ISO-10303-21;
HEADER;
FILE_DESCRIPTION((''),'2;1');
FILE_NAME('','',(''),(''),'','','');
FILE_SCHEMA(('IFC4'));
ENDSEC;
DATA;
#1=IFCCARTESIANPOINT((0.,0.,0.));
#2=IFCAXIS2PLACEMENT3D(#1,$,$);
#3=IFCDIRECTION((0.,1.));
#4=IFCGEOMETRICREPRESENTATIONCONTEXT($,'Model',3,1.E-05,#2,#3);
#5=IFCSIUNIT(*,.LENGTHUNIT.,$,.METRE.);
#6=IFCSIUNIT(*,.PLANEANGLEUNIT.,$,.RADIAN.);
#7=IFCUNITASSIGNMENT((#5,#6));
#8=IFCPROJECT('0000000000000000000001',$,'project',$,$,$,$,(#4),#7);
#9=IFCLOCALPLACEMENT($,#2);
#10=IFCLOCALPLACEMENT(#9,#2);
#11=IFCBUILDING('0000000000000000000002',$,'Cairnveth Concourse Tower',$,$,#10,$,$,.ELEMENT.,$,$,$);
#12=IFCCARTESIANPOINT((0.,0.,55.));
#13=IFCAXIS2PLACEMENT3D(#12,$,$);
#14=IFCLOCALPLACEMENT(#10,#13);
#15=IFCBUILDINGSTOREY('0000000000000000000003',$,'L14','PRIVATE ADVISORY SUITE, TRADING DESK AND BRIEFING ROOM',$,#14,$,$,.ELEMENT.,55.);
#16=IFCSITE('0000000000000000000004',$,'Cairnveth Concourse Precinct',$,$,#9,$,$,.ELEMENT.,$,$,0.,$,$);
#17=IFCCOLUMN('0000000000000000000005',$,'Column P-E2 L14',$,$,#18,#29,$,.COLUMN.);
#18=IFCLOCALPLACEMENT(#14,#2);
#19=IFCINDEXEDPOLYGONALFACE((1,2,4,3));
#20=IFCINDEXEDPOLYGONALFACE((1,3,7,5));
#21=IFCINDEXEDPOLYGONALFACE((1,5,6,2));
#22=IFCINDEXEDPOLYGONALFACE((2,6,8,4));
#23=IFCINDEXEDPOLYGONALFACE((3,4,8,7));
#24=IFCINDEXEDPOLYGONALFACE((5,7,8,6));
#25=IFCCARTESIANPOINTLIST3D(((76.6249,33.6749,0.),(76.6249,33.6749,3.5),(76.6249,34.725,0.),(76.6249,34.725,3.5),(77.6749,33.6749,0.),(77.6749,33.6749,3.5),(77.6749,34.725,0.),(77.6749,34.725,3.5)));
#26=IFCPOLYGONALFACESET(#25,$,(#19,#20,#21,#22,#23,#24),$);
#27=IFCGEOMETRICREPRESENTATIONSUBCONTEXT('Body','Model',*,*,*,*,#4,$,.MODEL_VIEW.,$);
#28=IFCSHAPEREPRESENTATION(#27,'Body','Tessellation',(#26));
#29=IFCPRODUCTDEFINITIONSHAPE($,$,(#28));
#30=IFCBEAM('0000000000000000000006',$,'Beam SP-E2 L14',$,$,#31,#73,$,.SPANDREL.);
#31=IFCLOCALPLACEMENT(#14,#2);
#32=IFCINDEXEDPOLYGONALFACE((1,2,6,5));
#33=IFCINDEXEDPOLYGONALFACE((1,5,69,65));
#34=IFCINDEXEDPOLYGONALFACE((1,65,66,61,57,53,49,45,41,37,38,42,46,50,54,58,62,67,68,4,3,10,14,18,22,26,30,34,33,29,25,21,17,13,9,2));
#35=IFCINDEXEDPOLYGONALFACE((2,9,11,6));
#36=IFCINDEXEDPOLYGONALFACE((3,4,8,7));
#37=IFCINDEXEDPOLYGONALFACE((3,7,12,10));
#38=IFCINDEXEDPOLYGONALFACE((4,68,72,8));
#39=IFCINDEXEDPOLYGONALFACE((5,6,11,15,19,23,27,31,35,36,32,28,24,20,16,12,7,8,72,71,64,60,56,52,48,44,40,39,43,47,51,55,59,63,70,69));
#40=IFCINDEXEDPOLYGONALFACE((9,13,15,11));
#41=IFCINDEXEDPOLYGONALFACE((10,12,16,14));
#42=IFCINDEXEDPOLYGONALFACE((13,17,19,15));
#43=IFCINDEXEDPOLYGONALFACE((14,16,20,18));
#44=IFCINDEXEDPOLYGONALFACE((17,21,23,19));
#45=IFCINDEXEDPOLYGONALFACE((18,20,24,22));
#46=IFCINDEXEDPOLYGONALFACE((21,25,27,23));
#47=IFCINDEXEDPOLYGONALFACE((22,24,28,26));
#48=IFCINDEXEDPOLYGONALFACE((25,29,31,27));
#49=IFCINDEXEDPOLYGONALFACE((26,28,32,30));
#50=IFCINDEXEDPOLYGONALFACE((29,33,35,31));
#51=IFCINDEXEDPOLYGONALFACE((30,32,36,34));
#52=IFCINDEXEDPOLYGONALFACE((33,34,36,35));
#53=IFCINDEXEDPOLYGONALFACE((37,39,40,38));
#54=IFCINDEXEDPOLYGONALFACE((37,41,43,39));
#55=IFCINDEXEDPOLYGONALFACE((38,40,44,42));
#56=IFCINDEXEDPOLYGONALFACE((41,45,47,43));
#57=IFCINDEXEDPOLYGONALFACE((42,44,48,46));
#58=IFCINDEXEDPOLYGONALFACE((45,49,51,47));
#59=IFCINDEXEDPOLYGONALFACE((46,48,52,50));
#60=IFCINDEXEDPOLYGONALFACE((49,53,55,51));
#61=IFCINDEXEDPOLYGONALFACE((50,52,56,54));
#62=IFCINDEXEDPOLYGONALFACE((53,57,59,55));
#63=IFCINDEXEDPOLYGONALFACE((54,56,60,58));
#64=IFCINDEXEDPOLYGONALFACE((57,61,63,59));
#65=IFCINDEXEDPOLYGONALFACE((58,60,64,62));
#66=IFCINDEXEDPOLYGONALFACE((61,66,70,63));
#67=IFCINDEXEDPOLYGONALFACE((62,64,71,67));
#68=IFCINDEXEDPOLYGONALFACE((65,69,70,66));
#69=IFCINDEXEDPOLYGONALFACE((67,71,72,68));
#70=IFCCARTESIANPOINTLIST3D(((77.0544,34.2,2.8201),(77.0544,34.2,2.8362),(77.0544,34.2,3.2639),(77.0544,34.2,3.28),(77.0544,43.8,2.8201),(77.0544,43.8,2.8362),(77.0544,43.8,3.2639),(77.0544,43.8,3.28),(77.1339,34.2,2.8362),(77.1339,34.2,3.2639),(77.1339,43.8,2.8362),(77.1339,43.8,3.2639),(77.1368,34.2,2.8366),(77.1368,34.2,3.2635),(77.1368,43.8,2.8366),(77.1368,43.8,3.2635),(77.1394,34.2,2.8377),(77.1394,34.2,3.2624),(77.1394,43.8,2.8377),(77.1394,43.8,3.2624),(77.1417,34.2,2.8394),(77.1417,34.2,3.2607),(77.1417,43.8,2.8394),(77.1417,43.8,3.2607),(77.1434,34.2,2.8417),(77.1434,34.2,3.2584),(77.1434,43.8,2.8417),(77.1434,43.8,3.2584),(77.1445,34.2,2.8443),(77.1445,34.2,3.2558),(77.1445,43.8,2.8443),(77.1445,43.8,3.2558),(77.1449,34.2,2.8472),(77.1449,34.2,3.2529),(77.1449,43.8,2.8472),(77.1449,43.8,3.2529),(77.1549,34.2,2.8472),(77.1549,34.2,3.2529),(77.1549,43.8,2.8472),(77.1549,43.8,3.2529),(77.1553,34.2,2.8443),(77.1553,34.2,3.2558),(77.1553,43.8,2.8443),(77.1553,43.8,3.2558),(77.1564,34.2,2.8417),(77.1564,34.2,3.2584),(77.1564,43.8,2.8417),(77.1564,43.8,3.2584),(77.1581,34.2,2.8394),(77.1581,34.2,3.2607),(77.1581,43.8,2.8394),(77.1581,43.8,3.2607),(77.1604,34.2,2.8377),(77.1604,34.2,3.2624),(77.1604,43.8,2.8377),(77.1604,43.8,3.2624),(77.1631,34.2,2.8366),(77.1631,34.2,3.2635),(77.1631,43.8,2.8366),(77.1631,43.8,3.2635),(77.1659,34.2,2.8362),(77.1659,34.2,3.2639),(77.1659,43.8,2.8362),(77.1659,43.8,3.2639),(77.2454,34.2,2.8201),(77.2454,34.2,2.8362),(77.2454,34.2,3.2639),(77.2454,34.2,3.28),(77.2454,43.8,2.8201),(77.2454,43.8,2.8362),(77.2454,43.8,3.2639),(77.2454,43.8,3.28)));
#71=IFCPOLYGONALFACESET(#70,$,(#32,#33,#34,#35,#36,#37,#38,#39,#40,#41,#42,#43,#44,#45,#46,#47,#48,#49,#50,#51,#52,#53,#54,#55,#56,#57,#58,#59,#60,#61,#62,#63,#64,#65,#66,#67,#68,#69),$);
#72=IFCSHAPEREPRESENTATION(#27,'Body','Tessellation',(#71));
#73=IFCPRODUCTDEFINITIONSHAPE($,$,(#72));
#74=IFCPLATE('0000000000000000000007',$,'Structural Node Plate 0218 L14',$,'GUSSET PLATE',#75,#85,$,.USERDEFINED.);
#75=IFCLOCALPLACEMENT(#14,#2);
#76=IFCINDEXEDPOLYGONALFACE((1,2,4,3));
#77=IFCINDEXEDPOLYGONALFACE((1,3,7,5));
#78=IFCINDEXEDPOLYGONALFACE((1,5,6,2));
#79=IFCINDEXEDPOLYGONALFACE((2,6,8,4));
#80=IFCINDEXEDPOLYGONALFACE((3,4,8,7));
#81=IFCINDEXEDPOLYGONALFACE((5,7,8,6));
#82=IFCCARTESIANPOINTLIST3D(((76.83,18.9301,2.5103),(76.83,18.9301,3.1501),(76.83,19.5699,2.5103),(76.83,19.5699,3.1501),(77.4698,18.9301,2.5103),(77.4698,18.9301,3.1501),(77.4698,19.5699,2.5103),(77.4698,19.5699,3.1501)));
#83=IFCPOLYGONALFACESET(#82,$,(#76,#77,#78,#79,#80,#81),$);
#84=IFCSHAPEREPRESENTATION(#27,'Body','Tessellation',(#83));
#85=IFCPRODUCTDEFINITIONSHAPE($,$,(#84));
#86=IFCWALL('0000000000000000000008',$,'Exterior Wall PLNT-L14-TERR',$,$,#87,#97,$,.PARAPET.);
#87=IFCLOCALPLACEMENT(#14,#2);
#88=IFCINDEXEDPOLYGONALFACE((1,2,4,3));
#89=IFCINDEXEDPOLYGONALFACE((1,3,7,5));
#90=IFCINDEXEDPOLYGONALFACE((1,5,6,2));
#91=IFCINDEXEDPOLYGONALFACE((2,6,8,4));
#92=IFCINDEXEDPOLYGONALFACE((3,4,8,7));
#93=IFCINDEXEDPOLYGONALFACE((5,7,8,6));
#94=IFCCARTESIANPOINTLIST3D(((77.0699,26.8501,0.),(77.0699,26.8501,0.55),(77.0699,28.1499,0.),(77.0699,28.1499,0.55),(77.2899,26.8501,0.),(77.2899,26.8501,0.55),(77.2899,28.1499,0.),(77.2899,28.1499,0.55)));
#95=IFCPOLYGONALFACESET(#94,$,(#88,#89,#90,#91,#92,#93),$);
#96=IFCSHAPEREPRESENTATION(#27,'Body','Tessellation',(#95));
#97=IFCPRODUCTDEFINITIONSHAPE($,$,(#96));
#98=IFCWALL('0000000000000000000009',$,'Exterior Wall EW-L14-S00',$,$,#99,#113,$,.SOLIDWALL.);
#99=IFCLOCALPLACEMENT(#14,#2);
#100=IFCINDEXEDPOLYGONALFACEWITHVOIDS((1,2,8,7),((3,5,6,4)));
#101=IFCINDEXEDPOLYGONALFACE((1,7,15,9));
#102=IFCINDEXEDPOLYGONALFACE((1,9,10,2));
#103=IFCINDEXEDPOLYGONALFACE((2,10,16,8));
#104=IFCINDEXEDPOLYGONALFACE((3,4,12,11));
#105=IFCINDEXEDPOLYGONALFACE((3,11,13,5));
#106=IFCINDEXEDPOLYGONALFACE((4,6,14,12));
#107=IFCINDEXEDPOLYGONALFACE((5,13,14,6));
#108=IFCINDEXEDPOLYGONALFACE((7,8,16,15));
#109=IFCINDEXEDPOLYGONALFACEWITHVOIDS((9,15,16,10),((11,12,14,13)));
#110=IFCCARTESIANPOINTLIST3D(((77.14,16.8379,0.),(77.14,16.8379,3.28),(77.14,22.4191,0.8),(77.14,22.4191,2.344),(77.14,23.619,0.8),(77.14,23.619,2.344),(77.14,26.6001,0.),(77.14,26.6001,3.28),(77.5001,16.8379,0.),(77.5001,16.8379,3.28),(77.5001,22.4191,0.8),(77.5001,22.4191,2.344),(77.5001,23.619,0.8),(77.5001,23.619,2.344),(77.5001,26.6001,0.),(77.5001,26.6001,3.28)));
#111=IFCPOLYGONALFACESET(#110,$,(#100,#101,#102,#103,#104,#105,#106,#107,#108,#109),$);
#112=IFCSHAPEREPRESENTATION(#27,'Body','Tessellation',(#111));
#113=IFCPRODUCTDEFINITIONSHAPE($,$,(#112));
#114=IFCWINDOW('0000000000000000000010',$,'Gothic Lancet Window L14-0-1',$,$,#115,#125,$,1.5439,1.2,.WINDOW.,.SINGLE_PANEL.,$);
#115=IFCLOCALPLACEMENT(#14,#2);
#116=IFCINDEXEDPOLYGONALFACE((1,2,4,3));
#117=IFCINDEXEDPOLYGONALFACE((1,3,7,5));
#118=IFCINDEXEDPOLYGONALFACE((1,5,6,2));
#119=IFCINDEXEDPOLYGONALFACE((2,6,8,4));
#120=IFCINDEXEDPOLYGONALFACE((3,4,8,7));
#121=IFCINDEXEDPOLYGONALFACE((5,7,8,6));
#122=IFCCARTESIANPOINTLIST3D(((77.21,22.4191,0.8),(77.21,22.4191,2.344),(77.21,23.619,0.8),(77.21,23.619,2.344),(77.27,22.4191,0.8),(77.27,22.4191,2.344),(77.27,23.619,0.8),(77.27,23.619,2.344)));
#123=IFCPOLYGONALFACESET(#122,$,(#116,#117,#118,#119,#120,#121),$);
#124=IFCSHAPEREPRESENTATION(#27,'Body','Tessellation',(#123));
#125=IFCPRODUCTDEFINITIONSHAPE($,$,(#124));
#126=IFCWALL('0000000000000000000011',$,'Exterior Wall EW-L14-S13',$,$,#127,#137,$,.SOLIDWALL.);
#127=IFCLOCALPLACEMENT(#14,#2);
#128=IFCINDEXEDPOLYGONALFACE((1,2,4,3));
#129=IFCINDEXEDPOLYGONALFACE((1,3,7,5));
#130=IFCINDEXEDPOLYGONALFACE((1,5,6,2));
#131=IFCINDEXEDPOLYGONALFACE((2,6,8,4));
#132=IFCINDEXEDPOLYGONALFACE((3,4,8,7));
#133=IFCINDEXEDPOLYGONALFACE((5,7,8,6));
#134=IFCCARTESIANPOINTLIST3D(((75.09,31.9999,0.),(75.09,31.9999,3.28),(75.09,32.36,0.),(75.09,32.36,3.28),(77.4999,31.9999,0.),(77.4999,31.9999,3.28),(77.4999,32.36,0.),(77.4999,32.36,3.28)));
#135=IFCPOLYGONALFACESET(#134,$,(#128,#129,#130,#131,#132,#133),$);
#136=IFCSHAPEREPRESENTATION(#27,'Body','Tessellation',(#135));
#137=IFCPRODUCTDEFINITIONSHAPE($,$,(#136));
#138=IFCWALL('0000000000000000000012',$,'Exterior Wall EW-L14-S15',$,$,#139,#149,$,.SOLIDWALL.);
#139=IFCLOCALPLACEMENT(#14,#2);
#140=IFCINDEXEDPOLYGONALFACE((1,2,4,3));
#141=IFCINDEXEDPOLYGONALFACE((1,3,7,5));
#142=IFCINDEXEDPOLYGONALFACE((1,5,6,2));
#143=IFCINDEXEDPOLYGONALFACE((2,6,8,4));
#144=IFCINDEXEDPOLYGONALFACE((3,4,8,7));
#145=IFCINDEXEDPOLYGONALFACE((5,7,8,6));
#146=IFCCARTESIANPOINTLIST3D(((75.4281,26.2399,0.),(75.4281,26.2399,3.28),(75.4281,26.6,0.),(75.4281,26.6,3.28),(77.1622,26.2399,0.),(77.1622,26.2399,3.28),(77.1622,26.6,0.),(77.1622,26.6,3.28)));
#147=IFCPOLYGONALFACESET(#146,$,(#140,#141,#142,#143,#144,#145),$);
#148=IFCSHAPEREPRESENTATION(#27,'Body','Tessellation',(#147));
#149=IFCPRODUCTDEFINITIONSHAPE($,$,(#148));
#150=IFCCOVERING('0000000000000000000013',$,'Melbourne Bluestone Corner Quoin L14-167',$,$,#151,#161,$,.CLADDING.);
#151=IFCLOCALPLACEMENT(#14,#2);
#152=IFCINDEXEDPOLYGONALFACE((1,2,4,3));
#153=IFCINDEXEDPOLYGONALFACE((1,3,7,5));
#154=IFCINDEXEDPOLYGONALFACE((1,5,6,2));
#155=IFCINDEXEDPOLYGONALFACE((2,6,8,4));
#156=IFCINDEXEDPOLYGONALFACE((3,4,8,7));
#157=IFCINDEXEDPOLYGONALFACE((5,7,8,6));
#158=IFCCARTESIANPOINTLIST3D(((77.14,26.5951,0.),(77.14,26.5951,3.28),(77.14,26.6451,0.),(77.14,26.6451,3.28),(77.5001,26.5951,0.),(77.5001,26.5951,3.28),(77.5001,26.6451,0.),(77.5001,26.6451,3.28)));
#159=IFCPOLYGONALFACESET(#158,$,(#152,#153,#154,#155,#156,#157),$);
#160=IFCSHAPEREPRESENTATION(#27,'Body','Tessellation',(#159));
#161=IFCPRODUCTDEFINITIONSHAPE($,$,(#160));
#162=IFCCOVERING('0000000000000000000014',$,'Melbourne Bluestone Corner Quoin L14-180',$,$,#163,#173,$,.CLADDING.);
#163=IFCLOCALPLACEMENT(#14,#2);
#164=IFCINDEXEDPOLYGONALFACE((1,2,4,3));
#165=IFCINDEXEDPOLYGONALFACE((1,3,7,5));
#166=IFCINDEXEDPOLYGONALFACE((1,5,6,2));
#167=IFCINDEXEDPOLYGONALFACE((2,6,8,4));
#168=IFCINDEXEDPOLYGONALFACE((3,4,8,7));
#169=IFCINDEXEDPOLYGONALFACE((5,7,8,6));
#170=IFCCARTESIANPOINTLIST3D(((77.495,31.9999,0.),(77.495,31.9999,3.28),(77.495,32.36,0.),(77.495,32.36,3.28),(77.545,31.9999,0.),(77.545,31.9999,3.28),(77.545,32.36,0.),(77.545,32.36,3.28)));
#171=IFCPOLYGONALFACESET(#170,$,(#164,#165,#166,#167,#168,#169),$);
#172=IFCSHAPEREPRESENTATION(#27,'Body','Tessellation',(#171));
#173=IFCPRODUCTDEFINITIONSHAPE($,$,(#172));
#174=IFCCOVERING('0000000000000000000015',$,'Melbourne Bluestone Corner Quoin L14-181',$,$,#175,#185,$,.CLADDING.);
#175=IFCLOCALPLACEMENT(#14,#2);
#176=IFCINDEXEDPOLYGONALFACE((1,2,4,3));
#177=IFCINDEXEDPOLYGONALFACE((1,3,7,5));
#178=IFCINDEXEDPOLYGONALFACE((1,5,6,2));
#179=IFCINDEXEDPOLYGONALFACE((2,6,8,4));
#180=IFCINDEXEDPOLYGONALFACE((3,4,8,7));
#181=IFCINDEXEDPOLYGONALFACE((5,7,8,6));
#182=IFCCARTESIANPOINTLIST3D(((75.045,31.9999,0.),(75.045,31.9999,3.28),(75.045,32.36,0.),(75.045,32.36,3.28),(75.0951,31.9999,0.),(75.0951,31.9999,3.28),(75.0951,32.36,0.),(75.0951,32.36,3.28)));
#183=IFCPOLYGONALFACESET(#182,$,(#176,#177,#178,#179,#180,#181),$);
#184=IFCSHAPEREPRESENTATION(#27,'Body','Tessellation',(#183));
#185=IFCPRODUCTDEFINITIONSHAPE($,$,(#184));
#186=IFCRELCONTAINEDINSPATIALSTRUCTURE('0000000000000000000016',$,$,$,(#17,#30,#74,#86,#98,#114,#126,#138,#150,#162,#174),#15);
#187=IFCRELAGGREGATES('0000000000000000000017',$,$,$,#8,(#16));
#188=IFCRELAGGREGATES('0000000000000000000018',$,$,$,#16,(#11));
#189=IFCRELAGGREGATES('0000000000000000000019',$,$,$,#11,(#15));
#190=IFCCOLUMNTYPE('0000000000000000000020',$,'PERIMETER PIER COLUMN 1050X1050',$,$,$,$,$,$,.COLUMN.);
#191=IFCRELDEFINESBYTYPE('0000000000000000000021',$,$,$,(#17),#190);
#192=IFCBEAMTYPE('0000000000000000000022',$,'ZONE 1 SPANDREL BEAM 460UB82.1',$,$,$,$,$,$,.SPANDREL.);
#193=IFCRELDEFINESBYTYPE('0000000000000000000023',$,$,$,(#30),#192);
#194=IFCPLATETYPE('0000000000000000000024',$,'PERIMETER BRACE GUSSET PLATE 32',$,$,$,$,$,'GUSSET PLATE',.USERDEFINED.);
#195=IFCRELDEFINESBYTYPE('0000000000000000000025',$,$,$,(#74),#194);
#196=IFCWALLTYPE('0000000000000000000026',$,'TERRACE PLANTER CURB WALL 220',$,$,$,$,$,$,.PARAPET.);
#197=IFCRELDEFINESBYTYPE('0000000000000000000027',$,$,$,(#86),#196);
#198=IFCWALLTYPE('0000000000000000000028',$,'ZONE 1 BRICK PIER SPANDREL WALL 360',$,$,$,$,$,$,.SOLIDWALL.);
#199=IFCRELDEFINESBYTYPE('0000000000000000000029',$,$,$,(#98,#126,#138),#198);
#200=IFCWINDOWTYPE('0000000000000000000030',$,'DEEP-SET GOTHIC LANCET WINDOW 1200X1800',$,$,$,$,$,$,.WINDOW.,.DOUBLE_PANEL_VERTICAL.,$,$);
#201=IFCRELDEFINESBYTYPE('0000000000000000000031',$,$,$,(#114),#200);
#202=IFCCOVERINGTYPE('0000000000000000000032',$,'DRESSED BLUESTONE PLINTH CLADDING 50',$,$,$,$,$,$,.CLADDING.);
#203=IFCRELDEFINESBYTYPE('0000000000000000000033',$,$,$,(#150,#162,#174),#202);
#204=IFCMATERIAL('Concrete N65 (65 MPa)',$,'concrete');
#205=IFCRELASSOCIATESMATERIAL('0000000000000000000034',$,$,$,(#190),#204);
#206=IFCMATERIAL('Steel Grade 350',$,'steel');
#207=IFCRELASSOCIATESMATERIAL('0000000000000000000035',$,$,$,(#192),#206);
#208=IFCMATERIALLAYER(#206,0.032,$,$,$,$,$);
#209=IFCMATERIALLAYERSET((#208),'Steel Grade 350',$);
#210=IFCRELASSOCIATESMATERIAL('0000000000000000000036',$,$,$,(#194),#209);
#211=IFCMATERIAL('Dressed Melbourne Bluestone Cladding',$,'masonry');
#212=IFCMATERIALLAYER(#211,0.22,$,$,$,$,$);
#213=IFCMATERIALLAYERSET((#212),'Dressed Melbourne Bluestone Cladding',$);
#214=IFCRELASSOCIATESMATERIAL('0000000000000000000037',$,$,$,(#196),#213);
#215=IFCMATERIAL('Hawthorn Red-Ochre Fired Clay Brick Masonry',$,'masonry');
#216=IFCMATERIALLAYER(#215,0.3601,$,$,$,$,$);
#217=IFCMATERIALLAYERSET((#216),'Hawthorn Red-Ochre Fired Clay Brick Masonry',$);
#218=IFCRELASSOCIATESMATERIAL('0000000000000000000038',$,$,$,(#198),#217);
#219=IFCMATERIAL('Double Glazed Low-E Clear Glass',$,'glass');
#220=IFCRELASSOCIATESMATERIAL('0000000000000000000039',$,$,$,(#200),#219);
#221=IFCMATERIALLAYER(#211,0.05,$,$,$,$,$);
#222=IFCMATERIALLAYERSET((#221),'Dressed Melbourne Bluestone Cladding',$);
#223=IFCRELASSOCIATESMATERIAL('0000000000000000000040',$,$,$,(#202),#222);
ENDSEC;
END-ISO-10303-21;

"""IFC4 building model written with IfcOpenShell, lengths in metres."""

from ifc_helpers import new_model, si_unit, direction, frame, frame_2d, origin, origin_2d, place, context, subcontext, project, spatial, rectangle, i_section, extrude, material, layer, layer_set, material_profile, profile_set, type_object, element, fill, save


model = new_model("IFC4")

# Units and contexts
model_context = context("Model", 3, precision=1e-05, world=origin(), true_north=direction((0.0, 1.0)))
body_context = subcontext(model_context, "Body", "Model", "MODEL_VIEW")
ifc_project = project(units=[si_unit("LENGTHUNIT", "METRE"), si_unit("PLANEANGLEUNIT", "RADIAN")], contexts=[model_context])

# Site, building, storey
site_placement = place(None, origin())
site = spatial("IfcSite", under=ifc_project, at=site_placement, Name="Cairnveth Concourse Precinct", CompositionType="ELEMENT", RefElevation=0.0)
building_placement = place(site_placement, origin())
building = spatial("IfcBuilding", under=site, at=building_placement, Name="Cairnveth Concourse Tower", CompositionType="ELEMENT")
storey_placement = place(building_placement, frame((0.0, 0.0, 55.0)))
storey = spatial("IfcBuildingStorey", under=building, at=storey_placement, Name="L14", Description="PRIVATE ADVISORY SUITE, TRADING DESK AND BRIEFING ROOM", CompositionType="ELEMENT", Elevation=55.0)

# Column
ifc_material_1 = material(Name="Concrete N65 (65 MPa)", Category="concrete")
ifc_material_profile_1 = material_profile(ifc_material_1, rectangle(XDim=1.05, YDim=1.05, at=origin_2d()), Name="RC-COL-1050x1050")
ifc_profile_set_1 = profile_set([ifc_material_profile_1], Name="Concrete N65 (65 MPa)")
column_type = type_object("IfcColumnType", Name="PERIMETER PIER COLUMN 1050X1050", PredefinedType="COLUMN", material=ifc_profile_set_1)
column_placement = place(storey_placement, frame((77.1499, 34.2, 0.0), z_axis=(0.0, 0.0, 1.0), x_axis=(0.0, 1.0, 0.0)))
element("IfcColumn", 1, at=column_placement, inside=storey, type_object=column_type, Name="Column P-E2 L14", PredefinedType="COLUMN", context=body_context, shape_type="SweptSolid", body=[
    extrude(rectangle(XDim=1.05, YDim=1.05, at=origin_2d()), origin(), (0.0, 0.0, 1.0), 3.5),
])

# Beam
ifc_material_2 = material(Name="Steel Grade 350", Category="steel")
ifc_material_profile_2 = material_profile(ifc_material_2, i_section(OverallWidth=0.1909, OverallDepth=0.46, WebThickness=0.01, FlangeThickness=0.0161, FilletRadius=0.011, at=origin_2d()), Name="460UB82.1")
ifc_profile_set_2 = profile_set([ifc_material_profile_2], Name="Steel Grade 350")
beam_type = type_object("IfcBeamType", Name="ZONE 1 SPANDREL BEAM 460UB82.1", PredefinedType="SPANDREL", material=ifc_profile_set_2)
beam_placement = place(storey_placement, frame((77.1499, 34.2, 3.05), z_axis=(0.0, 1.0, 0.0), x_axis=(-1.0, 0.0, 0.0)))
element("IfcBeam", 2, at=beam_placement, inside=storey, type_object=beam_type, Name="Beam SP-E2 L14", PredefinedType="SPANDREL", context=body_context, shape_type="SweptSolid", body=[
    extrude(i_section(OverallWidth=0.1909, OverallDepth=0.46, WebThickness=0.01, FlangeThickness=0.0161, FilletRadius=0.011, at=origin_2d()), origin(), (0.0, 0.0, 1.0), 9.6001),
])

# Plate
ifc_layer_1 = layer(ifc_material_2, 0.032)
ifc_layer_set_1 = layer_set([ifc_layer_1], Name="Steel Grade 350")
plate_type = type_object("IfcPlateType", Name="PERIMETER BRACE GUSSET PLATE 32", ElementType="GUSSET PLATE", PredefinedType="USERDEFINED", material=ifc_layer_set_1)
plate_placement = place(storey_placement, frame((77.1499, 19.25, 2.5103), z_axis=(0.0, 0.0, 1.0), x_axis=(1.0, 0.0, 0.0)))
element("IfcPlate", 3, at=plate_placement, inside=storey, type_object=plate_type, Name="Structural Node Plate 0218 L14", ObjectType="GUSSET PLATE", PredefinedType="USERDEFINED", context=body_context, shape_type="SweptSolid", body=[
    extrude(rectangle(XDim=0.6399, YDim=0.6399, at=origin_2d()), origin(), (0.0, 0.0, 1.0), 0.6399),
])

# Wall
ifc_material_3 = material(Name="Dressed Melbourne Bluestone Cladding", Category="masonry")
ifc_layer_2 = layer(ifc_material_3, 0.22)
ifc_layer_set_2 = layer_set([ifc_layer_2], Name="Dressed Melbourne Bluestone Cladding")
wall_type_1 = type_object("IfcWallType", Name="TERRACE PLANTER CURB WALL 220", PredefinedType="PARAPET", material=ifc_layer_set_2)
wall_1_placement = place(storey_placement, frame((77.1799, 26.8501, 0.0), z_axis=(0.0, 0.0, 1.0), x_axis=(0.0, 1.0, 0.0)))
element("IfcWall", 4, at=wall_1_placement, inside=storey, type_object=wall_type_1, Name="Exterior Wall PLNT-L14-TERR", PredefinedType="PARAPET", context=body_context, shape_type="SweptSolid", body=[
    extrude(rectangle(XDim=1.2998, YDim=0.22, at=frame_2d((0.6499, 0.0))), origin(), (0.0, 0.0, 1.0), 0.55),
])

# Wall, opening, window
ifc_material_4 = material(Name="Hawthorn Red-Ochre Fired Clay Brick Masonry", Category="masonry")
ifc_layer_3 = layer(ifc_material_4, 0.3601)
ifc_layer_set_3 = layer_set([ifc_layer_3], Name="Hawthorn Red-Ochre Fired Clay Brick Masonry")
wall_type_2 = type_object("IfcWallType", Name="ZONE 1 BRICK PIER SPANDREL WALL 360", PredefinedType="SOLIDWALL", material=ifc_layer_set_3)
wall_2_placement = place(storey_placement, frame((77.3201, 26.6001, 0.0), z_axis=(0.0, 0.0, 1.0), x_axis=(0.0, -1.0, 0.0)))
wall_2 = element("IfcWall", 5, at=wall_2_placement, inside=storey, type_object=wall_type_2, Name="Exterior Wall EW-L14-S00", PredefinedType="SOLIDWALL", context=body_context, shape_type="SweptSolid", body=[
    extrude(rectangle(XDim=9.7622, YDim=0.3601, at=frame_2d((4.8811, 0.0))), origin(), (0.0, 0.0, 1.0), 3.28),
])
opening_1_placement = place(wall_2_placement, frame((2.981, 0.0, 0.8)))
opening_1 = element("IfcOpeningElement", 6, at=opening_1_placement, cuts=wall_2, PredefinedType="OPENING", context=body_context, shape_type="SweptSolid", body=[
    extrude(rectangle(XDim=1.2, YDim=1.5439, at=frame_2d((0.6001, 0.772))), frame((0.0, 0.1899, 0.0), z_axis=(0.0, -1.0, 0.0), x_axis=(1.0, 0.0, 0.0)), (0.0, 0.0, 1.0), 0.3801),
])
ifc_material_5 = material(Name="Double Glazed Low-E Clear Glass", Category="glass")
window_type = type_object("IfcWindowType", Name="DEEP-SET GOTHIC LANCET WINDOW 1200X1800", PartitioningType="DOUBLE_PANEL_VERTICAL", PredefinedType="WINDOW", material=ifc_material_5)
window_placement = place(opening_1_placement, origin())
window = element("IfcWindow", 7, at=window_placement, inside=storey, type_object=window_type, Name="Gothic Lancet Window L14-0-1", OverallHeight=1.5439, OverallWidth=1.2, PartitioningType="SINGLE_PANEL", PredefinedType="WINDOW", context=body_context, shape_type="SweptSolid", body=[
    extrude(rectangle(XDim=1.2, YDim=1.5439, at=frame_2d((0.6001, 0.772))), frame((0.0, -0.05, 0.0), z_axis=(0.0, -1.0, 0.0), x_axis=(1.0, 0.0, 0.0)), (0.0, 0.0, 1.0), 0.0601),
])
fill(opening_1, window)

# Wall
wall_3_placement = place(storey_placement, frame((77.5, 32.1799, 0.0), z_axis=(0.0, 0.0, 1.0), x_axis=(-1.0, 0.0, 0.0)))
element("IfcWall", 8, at=wall_3_placement, inside=storey, type_object=wall_type_2, Name="Exterior Wall EW-L14-S13", PredefinedType="SOLIDWALL", context=body_context, shape_type="SweptSolid", body=[
    extrude(rectangle(XDim=2.4099, YDim=0.3601, at=frame_2d((1.2051, 0.0))), origin(), (0.0, 0.0, 1.0), 3.28),
])

# Wall
wall_4_placement = place(storey_placement, frame((75.428, 26.4199, 0.0), z_axis=(0.0, 0.0, 1.0), x_axis=(1.0, 0.0, 0.0)))
element("IfcWall", 9, at=wall_4_placement, inside=storey, type_object=wall_type_2, Name="Exterior Wall EW-L14-S15", PredefinedType="SOLIDWALL", context=body_context, shape_type="SweptSolid", body=[
    extrude(rectangle(XDim=1.7341, YDim=0.3601, at=frame_2d((0.8672, 0.0))), origin(), (0.0, 0.0, 1.0), 3.28),
])

# Coverings
ifc_layer_4 = layer(ifc_material_3, 0.05)
ifc_layer_set_4 = layer_set([ifc_layer_4], Name="Dressed Melbourne Bluestone Cladding")
covering_type = type_object("IfcCoveringType", Name="DRESSED BLUESTONE PLINTH CLADDING 50", PredefinedType="CLADDING", material=ifc_layer_set_4)
for number, where, z_axis, x_axis, name in (
    (10, (77.1399, 26.6201, 0.0), (0.0, 0.0, 1.0), (1.0, 0.0, 0.0), "Melbourne Bluestone Corner Quoin L14-167"),
    (11, (77.52, 32.3601, 0.0), (0.0, 0.0, 1.0), (0.0, -1.0, 0.0), "Melbourne Bluestone Corner Quoin L14-180"),
    (12, (75.0701, 32.3601, 0.0), (0.0, 0.0, 1.0), (0.0, -1.0, 0.0), "Melbourne Bluestone Corner Quoin L14-181"),
):
    element("IfcCovering", number, at=place(storey_placement, frame(where, z_axis=z_axis, x_axis=x_axis)), inside=storey, type_object=covering_type, Name=name, PredefinedType="CLADDING", context=body_context, shape_type="SweptSolid", body=[
        extrude(rectangle(XDim=0.3601, YDim=0.05, at=frame_2d((0.1802, 0.0))), origin(), (0.0, 0.0, 1.0), 3.28),
    ])

save(model, "model.ifc")
